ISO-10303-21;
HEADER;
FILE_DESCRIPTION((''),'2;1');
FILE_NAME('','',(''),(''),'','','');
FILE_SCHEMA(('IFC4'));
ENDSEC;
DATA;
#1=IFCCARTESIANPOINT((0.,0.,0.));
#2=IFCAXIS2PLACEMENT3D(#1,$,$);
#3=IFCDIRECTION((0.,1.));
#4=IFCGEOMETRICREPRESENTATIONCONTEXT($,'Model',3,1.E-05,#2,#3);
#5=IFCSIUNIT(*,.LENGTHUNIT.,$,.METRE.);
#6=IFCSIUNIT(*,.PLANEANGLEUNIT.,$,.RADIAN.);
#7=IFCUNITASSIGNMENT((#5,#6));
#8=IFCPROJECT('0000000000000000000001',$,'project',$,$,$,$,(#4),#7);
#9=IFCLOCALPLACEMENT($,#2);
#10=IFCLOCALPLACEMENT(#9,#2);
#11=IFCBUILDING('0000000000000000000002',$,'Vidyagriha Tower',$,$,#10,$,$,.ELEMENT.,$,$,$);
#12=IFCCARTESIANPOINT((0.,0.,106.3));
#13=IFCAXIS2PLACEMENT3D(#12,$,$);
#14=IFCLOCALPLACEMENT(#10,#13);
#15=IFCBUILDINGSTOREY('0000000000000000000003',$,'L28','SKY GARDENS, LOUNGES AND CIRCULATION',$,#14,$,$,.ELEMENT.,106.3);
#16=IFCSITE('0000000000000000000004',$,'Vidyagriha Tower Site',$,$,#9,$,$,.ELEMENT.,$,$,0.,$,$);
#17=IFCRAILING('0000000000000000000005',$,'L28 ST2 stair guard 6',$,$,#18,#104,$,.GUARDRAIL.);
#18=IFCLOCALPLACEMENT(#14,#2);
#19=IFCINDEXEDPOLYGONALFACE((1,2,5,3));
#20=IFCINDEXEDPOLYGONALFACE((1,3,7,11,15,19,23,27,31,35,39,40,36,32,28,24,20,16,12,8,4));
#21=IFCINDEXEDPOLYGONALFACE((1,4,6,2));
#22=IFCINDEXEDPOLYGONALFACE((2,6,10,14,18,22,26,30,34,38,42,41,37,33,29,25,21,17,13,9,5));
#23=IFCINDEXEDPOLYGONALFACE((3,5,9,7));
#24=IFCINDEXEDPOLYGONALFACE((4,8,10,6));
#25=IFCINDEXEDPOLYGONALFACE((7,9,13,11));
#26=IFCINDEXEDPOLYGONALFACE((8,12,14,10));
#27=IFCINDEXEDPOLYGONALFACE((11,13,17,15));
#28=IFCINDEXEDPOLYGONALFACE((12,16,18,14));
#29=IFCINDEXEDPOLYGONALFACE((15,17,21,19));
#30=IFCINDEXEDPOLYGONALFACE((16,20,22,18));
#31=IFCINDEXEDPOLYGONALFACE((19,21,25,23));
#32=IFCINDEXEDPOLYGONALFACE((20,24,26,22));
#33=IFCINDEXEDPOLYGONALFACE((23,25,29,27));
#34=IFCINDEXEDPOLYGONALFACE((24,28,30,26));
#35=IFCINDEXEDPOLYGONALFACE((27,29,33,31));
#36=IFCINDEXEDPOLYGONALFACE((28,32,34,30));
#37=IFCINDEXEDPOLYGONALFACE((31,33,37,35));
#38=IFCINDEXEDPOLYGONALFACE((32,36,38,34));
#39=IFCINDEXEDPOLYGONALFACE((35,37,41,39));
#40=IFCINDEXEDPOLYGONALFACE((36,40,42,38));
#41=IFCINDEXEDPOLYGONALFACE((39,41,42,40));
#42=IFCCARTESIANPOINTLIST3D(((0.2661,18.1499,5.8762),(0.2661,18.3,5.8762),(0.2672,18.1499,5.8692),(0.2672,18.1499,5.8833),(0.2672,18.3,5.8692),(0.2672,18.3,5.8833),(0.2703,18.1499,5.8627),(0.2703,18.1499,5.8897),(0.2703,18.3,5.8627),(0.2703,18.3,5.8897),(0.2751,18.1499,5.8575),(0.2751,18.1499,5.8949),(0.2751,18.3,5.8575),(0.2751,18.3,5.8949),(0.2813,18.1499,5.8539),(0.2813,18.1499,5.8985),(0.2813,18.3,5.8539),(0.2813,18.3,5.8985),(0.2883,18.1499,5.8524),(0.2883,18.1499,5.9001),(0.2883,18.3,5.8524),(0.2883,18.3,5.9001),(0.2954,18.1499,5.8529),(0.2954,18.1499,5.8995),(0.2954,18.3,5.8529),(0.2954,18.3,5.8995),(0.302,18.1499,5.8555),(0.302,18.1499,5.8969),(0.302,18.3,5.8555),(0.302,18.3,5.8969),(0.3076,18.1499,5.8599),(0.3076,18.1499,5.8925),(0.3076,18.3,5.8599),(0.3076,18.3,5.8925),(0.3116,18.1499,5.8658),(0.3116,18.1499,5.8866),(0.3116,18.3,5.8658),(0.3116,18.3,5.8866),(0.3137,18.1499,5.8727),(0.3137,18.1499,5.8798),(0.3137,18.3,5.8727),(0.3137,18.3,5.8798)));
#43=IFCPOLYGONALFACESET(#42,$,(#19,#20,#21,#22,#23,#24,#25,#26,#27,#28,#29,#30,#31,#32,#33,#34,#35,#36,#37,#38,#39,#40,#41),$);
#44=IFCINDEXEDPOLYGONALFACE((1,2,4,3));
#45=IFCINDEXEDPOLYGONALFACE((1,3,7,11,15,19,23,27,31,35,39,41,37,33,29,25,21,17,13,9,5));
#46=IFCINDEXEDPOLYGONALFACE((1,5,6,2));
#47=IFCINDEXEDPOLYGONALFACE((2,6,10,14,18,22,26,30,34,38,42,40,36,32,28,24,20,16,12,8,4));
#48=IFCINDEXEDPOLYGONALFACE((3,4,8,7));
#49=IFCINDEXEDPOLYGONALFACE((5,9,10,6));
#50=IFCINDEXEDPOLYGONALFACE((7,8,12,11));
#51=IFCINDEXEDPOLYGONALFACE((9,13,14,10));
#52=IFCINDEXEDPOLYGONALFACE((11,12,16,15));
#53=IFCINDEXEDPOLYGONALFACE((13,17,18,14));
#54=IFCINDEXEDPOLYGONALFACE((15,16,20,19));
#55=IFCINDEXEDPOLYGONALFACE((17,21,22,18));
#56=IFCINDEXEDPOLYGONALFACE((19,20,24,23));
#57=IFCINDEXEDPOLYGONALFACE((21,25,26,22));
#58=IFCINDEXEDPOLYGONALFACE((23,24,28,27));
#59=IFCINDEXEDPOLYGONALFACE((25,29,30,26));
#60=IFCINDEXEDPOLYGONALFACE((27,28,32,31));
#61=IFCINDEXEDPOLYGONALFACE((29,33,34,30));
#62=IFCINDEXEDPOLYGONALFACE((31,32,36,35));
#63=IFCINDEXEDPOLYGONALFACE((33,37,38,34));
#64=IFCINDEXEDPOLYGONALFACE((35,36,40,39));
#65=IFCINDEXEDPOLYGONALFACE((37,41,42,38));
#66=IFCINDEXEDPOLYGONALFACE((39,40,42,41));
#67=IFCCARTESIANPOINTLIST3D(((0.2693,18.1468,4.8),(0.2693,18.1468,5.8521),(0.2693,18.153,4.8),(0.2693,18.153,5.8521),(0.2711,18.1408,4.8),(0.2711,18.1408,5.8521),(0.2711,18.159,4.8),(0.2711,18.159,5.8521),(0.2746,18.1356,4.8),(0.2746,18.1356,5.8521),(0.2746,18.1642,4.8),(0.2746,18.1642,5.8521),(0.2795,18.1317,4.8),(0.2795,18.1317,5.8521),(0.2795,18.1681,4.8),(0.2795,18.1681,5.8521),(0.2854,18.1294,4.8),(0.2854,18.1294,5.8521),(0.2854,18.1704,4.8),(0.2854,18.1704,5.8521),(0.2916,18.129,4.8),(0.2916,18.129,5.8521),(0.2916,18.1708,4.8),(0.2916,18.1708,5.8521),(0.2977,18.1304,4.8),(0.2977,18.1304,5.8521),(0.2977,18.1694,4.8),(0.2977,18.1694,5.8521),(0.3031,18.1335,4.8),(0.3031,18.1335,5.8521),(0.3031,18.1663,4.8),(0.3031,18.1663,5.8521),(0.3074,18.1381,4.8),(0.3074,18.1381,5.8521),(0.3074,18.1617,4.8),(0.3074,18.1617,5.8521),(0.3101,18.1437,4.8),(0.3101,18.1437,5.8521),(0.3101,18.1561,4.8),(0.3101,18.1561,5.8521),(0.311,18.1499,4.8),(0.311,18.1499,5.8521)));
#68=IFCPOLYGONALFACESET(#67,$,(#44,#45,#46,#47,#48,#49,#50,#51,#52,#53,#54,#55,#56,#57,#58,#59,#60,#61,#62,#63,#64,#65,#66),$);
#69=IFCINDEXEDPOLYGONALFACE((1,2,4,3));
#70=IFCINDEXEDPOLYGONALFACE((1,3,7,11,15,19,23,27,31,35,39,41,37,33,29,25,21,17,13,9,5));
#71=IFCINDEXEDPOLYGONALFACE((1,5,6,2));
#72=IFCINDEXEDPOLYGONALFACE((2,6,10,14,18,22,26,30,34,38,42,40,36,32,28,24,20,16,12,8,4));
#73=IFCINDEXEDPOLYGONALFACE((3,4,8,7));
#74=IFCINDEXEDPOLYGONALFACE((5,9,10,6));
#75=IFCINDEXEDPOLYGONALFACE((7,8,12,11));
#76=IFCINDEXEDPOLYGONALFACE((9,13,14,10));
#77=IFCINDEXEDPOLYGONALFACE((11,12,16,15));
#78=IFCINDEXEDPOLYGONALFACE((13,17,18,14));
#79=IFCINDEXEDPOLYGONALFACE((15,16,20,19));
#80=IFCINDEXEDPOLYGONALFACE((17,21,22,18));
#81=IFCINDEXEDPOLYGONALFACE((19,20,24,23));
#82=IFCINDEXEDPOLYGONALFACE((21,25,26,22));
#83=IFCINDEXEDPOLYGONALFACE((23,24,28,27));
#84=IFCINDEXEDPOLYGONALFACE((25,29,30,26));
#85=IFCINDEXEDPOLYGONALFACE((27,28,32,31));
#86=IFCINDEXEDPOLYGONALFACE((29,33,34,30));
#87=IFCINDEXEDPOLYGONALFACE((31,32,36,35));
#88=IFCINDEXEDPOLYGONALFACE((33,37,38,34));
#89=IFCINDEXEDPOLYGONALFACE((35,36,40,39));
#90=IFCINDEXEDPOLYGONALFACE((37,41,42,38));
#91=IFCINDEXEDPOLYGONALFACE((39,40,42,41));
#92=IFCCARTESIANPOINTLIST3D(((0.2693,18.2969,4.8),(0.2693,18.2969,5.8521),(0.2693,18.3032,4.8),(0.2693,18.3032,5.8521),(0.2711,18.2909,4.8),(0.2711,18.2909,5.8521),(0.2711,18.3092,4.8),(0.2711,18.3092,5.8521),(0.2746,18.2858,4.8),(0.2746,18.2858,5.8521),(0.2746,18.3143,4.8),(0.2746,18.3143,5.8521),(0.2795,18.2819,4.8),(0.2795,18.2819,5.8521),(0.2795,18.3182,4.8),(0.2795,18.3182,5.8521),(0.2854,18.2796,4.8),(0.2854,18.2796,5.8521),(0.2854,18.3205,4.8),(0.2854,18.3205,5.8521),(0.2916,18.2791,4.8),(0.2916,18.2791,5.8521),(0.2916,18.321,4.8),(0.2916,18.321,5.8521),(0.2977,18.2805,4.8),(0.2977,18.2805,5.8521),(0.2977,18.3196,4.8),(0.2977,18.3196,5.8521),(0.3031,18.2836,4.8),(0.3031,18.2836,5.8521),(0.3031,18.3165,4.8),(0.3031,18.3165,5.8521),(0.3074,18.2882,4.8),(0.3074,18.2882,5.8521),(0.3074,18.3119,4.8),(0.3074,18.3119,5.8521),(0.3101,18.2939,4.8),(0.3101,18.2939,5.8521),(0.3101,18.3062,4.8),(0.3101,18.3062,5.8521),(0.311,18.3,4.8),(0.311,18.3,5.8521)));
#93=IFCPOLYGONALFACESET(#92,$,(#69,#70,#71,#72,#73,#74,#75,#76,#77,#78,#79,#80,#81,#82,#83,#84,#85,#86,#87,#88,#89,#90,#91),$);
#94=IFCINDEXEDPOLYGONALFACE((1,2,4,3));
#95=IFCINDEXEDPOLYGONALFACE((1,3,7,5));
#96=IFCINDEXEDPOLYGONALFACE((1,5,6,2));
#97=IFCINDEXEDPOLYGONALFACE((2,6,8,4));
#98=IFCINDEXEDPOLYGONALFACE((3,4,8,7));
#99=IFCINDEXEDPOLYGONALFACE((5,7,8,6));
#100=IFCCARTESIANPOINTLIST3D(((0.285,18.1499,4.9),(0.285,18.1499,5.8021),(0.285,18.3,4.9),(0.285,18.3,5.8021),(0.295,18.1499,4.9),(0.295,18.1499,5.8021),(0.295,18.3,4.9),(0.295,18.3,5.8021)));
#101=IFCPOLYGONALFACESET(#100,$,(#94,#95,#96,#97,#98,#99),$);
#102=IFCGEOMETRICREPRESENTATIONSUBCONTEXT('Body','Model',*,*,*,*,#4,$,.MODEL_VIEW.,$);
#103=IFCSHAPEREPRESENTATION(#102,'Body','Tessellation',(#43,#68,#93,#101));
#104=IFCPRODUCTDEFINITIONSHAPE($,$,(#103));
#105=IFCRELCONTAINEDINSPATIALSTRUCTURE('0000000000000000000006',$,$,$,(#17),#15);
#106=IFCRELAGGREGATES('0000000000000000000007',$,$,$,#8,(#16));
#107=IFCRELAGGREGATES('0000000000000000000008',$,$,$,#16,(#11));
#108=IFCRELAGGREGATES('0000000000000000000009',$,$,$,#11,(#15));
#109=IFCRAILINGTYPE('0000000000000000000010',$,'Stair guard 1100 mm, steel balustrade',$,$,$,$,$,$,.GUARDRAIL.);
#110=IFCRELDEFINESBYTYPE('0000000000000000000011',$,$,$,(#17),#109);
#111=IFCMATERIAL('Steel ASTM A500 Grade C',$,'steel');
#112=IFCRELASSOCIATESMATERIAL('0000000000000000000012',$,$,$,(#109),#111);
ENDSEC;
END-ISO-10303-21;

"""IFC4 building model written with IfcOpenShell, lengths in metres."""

from ifc_helpers import new_model, si_unit, direction, frame, origin, origin_2d, place, context, subcontext, project, spatial, rectangle, circle, extrude, material, type_object, element, save


model = new_model("IFC4")

# Units and contexts
model_context = context("Model", 3, precision=1e-05, world=origin(), true_north=direction((0.0, 1.0)))
body_context = subcontext(model_context, "Body", "Model", "MODEL_VIEW")
ifc_project = project(units=[si_unit("LENGTHUNIT", "METRE"), si_unit("PLANEANGLEUNIT", "RADIAN")], contexts=[model_context])

# Site, building, storey
site_placement = place(None, origin())
site = spatial("IfcSite", under=ifc_project, at=site_placement, Name="Vidyagriha Tower Site", CompositionType="ELEMENT", RefElevation=0.0)
building_placement = place(site_placement, origin())
building = spatial("IfcBuilding", under=site, at=building_placement, Name="Vidyagriha Tower", CompositionType="ELEMENT")
storey_placement = place(building_placement, frame((0.0, 0.0, 106.3)))
storey = spatial("IfcBuildingStorey", under=building, at=storey_placement, Name="L28", Description="SKY GARDENS, LOUNGES AND CIRCULATION", CompositionType="ELEMENT", Elevation=106.3)

# Railing
ifc_material_1 = material(Name="Steel ASTM A500 Grade C", Category="steel")
railing_type_1 = type_object("IfcRailingType", Name="Stair guard 1100 mm, steel balustrade", PredefinedType="GUARDRAIL", material=ifc_material_1)
railing_1_placement = place(storey_placement, frame((0.29, 18.1499, 4.8)))
element("IfcRailing", 1, at=railing_1_placement, inside=storey, type_object=railing_type_1, Name="L28 ST2 stair guard 6", PredefinedType="GUARDRAIL", context=body_context, shape_type="SweptSolid", body=[
    extrude(circle(Radius=0.0239, at=origin_2d()), frame((0.0, 0.0, 1.0762), z_axis=(0.0, 1.0, 0.0), x_axis=(-1.0, 0.0, 0.0)), (0.0, 0.0, 1.0), 0.1501),
    extrude(circle(Radius=0.021, at=origin_2d()), origin(), (0.0, 0.0, 1.0), 1.052),
    extrude(circle(Radius=0.021, at=origin_2d()), frame((0.0, 0.1501, 0.0)), (0.0, 0.0, 1.0), 1.052),
    extrude(rectangle(XDim=0.01, YDim=0.9021, at=origin_2d()), frame((0.0, 0.0, 0.551), z_axis=(0.0, 1.0, 0.0), x_axis=(-1.0, 0.0, 0.0)), (0.0, 0.0, 1.0), 0.1501),
])

save(model, "model.ifc")
